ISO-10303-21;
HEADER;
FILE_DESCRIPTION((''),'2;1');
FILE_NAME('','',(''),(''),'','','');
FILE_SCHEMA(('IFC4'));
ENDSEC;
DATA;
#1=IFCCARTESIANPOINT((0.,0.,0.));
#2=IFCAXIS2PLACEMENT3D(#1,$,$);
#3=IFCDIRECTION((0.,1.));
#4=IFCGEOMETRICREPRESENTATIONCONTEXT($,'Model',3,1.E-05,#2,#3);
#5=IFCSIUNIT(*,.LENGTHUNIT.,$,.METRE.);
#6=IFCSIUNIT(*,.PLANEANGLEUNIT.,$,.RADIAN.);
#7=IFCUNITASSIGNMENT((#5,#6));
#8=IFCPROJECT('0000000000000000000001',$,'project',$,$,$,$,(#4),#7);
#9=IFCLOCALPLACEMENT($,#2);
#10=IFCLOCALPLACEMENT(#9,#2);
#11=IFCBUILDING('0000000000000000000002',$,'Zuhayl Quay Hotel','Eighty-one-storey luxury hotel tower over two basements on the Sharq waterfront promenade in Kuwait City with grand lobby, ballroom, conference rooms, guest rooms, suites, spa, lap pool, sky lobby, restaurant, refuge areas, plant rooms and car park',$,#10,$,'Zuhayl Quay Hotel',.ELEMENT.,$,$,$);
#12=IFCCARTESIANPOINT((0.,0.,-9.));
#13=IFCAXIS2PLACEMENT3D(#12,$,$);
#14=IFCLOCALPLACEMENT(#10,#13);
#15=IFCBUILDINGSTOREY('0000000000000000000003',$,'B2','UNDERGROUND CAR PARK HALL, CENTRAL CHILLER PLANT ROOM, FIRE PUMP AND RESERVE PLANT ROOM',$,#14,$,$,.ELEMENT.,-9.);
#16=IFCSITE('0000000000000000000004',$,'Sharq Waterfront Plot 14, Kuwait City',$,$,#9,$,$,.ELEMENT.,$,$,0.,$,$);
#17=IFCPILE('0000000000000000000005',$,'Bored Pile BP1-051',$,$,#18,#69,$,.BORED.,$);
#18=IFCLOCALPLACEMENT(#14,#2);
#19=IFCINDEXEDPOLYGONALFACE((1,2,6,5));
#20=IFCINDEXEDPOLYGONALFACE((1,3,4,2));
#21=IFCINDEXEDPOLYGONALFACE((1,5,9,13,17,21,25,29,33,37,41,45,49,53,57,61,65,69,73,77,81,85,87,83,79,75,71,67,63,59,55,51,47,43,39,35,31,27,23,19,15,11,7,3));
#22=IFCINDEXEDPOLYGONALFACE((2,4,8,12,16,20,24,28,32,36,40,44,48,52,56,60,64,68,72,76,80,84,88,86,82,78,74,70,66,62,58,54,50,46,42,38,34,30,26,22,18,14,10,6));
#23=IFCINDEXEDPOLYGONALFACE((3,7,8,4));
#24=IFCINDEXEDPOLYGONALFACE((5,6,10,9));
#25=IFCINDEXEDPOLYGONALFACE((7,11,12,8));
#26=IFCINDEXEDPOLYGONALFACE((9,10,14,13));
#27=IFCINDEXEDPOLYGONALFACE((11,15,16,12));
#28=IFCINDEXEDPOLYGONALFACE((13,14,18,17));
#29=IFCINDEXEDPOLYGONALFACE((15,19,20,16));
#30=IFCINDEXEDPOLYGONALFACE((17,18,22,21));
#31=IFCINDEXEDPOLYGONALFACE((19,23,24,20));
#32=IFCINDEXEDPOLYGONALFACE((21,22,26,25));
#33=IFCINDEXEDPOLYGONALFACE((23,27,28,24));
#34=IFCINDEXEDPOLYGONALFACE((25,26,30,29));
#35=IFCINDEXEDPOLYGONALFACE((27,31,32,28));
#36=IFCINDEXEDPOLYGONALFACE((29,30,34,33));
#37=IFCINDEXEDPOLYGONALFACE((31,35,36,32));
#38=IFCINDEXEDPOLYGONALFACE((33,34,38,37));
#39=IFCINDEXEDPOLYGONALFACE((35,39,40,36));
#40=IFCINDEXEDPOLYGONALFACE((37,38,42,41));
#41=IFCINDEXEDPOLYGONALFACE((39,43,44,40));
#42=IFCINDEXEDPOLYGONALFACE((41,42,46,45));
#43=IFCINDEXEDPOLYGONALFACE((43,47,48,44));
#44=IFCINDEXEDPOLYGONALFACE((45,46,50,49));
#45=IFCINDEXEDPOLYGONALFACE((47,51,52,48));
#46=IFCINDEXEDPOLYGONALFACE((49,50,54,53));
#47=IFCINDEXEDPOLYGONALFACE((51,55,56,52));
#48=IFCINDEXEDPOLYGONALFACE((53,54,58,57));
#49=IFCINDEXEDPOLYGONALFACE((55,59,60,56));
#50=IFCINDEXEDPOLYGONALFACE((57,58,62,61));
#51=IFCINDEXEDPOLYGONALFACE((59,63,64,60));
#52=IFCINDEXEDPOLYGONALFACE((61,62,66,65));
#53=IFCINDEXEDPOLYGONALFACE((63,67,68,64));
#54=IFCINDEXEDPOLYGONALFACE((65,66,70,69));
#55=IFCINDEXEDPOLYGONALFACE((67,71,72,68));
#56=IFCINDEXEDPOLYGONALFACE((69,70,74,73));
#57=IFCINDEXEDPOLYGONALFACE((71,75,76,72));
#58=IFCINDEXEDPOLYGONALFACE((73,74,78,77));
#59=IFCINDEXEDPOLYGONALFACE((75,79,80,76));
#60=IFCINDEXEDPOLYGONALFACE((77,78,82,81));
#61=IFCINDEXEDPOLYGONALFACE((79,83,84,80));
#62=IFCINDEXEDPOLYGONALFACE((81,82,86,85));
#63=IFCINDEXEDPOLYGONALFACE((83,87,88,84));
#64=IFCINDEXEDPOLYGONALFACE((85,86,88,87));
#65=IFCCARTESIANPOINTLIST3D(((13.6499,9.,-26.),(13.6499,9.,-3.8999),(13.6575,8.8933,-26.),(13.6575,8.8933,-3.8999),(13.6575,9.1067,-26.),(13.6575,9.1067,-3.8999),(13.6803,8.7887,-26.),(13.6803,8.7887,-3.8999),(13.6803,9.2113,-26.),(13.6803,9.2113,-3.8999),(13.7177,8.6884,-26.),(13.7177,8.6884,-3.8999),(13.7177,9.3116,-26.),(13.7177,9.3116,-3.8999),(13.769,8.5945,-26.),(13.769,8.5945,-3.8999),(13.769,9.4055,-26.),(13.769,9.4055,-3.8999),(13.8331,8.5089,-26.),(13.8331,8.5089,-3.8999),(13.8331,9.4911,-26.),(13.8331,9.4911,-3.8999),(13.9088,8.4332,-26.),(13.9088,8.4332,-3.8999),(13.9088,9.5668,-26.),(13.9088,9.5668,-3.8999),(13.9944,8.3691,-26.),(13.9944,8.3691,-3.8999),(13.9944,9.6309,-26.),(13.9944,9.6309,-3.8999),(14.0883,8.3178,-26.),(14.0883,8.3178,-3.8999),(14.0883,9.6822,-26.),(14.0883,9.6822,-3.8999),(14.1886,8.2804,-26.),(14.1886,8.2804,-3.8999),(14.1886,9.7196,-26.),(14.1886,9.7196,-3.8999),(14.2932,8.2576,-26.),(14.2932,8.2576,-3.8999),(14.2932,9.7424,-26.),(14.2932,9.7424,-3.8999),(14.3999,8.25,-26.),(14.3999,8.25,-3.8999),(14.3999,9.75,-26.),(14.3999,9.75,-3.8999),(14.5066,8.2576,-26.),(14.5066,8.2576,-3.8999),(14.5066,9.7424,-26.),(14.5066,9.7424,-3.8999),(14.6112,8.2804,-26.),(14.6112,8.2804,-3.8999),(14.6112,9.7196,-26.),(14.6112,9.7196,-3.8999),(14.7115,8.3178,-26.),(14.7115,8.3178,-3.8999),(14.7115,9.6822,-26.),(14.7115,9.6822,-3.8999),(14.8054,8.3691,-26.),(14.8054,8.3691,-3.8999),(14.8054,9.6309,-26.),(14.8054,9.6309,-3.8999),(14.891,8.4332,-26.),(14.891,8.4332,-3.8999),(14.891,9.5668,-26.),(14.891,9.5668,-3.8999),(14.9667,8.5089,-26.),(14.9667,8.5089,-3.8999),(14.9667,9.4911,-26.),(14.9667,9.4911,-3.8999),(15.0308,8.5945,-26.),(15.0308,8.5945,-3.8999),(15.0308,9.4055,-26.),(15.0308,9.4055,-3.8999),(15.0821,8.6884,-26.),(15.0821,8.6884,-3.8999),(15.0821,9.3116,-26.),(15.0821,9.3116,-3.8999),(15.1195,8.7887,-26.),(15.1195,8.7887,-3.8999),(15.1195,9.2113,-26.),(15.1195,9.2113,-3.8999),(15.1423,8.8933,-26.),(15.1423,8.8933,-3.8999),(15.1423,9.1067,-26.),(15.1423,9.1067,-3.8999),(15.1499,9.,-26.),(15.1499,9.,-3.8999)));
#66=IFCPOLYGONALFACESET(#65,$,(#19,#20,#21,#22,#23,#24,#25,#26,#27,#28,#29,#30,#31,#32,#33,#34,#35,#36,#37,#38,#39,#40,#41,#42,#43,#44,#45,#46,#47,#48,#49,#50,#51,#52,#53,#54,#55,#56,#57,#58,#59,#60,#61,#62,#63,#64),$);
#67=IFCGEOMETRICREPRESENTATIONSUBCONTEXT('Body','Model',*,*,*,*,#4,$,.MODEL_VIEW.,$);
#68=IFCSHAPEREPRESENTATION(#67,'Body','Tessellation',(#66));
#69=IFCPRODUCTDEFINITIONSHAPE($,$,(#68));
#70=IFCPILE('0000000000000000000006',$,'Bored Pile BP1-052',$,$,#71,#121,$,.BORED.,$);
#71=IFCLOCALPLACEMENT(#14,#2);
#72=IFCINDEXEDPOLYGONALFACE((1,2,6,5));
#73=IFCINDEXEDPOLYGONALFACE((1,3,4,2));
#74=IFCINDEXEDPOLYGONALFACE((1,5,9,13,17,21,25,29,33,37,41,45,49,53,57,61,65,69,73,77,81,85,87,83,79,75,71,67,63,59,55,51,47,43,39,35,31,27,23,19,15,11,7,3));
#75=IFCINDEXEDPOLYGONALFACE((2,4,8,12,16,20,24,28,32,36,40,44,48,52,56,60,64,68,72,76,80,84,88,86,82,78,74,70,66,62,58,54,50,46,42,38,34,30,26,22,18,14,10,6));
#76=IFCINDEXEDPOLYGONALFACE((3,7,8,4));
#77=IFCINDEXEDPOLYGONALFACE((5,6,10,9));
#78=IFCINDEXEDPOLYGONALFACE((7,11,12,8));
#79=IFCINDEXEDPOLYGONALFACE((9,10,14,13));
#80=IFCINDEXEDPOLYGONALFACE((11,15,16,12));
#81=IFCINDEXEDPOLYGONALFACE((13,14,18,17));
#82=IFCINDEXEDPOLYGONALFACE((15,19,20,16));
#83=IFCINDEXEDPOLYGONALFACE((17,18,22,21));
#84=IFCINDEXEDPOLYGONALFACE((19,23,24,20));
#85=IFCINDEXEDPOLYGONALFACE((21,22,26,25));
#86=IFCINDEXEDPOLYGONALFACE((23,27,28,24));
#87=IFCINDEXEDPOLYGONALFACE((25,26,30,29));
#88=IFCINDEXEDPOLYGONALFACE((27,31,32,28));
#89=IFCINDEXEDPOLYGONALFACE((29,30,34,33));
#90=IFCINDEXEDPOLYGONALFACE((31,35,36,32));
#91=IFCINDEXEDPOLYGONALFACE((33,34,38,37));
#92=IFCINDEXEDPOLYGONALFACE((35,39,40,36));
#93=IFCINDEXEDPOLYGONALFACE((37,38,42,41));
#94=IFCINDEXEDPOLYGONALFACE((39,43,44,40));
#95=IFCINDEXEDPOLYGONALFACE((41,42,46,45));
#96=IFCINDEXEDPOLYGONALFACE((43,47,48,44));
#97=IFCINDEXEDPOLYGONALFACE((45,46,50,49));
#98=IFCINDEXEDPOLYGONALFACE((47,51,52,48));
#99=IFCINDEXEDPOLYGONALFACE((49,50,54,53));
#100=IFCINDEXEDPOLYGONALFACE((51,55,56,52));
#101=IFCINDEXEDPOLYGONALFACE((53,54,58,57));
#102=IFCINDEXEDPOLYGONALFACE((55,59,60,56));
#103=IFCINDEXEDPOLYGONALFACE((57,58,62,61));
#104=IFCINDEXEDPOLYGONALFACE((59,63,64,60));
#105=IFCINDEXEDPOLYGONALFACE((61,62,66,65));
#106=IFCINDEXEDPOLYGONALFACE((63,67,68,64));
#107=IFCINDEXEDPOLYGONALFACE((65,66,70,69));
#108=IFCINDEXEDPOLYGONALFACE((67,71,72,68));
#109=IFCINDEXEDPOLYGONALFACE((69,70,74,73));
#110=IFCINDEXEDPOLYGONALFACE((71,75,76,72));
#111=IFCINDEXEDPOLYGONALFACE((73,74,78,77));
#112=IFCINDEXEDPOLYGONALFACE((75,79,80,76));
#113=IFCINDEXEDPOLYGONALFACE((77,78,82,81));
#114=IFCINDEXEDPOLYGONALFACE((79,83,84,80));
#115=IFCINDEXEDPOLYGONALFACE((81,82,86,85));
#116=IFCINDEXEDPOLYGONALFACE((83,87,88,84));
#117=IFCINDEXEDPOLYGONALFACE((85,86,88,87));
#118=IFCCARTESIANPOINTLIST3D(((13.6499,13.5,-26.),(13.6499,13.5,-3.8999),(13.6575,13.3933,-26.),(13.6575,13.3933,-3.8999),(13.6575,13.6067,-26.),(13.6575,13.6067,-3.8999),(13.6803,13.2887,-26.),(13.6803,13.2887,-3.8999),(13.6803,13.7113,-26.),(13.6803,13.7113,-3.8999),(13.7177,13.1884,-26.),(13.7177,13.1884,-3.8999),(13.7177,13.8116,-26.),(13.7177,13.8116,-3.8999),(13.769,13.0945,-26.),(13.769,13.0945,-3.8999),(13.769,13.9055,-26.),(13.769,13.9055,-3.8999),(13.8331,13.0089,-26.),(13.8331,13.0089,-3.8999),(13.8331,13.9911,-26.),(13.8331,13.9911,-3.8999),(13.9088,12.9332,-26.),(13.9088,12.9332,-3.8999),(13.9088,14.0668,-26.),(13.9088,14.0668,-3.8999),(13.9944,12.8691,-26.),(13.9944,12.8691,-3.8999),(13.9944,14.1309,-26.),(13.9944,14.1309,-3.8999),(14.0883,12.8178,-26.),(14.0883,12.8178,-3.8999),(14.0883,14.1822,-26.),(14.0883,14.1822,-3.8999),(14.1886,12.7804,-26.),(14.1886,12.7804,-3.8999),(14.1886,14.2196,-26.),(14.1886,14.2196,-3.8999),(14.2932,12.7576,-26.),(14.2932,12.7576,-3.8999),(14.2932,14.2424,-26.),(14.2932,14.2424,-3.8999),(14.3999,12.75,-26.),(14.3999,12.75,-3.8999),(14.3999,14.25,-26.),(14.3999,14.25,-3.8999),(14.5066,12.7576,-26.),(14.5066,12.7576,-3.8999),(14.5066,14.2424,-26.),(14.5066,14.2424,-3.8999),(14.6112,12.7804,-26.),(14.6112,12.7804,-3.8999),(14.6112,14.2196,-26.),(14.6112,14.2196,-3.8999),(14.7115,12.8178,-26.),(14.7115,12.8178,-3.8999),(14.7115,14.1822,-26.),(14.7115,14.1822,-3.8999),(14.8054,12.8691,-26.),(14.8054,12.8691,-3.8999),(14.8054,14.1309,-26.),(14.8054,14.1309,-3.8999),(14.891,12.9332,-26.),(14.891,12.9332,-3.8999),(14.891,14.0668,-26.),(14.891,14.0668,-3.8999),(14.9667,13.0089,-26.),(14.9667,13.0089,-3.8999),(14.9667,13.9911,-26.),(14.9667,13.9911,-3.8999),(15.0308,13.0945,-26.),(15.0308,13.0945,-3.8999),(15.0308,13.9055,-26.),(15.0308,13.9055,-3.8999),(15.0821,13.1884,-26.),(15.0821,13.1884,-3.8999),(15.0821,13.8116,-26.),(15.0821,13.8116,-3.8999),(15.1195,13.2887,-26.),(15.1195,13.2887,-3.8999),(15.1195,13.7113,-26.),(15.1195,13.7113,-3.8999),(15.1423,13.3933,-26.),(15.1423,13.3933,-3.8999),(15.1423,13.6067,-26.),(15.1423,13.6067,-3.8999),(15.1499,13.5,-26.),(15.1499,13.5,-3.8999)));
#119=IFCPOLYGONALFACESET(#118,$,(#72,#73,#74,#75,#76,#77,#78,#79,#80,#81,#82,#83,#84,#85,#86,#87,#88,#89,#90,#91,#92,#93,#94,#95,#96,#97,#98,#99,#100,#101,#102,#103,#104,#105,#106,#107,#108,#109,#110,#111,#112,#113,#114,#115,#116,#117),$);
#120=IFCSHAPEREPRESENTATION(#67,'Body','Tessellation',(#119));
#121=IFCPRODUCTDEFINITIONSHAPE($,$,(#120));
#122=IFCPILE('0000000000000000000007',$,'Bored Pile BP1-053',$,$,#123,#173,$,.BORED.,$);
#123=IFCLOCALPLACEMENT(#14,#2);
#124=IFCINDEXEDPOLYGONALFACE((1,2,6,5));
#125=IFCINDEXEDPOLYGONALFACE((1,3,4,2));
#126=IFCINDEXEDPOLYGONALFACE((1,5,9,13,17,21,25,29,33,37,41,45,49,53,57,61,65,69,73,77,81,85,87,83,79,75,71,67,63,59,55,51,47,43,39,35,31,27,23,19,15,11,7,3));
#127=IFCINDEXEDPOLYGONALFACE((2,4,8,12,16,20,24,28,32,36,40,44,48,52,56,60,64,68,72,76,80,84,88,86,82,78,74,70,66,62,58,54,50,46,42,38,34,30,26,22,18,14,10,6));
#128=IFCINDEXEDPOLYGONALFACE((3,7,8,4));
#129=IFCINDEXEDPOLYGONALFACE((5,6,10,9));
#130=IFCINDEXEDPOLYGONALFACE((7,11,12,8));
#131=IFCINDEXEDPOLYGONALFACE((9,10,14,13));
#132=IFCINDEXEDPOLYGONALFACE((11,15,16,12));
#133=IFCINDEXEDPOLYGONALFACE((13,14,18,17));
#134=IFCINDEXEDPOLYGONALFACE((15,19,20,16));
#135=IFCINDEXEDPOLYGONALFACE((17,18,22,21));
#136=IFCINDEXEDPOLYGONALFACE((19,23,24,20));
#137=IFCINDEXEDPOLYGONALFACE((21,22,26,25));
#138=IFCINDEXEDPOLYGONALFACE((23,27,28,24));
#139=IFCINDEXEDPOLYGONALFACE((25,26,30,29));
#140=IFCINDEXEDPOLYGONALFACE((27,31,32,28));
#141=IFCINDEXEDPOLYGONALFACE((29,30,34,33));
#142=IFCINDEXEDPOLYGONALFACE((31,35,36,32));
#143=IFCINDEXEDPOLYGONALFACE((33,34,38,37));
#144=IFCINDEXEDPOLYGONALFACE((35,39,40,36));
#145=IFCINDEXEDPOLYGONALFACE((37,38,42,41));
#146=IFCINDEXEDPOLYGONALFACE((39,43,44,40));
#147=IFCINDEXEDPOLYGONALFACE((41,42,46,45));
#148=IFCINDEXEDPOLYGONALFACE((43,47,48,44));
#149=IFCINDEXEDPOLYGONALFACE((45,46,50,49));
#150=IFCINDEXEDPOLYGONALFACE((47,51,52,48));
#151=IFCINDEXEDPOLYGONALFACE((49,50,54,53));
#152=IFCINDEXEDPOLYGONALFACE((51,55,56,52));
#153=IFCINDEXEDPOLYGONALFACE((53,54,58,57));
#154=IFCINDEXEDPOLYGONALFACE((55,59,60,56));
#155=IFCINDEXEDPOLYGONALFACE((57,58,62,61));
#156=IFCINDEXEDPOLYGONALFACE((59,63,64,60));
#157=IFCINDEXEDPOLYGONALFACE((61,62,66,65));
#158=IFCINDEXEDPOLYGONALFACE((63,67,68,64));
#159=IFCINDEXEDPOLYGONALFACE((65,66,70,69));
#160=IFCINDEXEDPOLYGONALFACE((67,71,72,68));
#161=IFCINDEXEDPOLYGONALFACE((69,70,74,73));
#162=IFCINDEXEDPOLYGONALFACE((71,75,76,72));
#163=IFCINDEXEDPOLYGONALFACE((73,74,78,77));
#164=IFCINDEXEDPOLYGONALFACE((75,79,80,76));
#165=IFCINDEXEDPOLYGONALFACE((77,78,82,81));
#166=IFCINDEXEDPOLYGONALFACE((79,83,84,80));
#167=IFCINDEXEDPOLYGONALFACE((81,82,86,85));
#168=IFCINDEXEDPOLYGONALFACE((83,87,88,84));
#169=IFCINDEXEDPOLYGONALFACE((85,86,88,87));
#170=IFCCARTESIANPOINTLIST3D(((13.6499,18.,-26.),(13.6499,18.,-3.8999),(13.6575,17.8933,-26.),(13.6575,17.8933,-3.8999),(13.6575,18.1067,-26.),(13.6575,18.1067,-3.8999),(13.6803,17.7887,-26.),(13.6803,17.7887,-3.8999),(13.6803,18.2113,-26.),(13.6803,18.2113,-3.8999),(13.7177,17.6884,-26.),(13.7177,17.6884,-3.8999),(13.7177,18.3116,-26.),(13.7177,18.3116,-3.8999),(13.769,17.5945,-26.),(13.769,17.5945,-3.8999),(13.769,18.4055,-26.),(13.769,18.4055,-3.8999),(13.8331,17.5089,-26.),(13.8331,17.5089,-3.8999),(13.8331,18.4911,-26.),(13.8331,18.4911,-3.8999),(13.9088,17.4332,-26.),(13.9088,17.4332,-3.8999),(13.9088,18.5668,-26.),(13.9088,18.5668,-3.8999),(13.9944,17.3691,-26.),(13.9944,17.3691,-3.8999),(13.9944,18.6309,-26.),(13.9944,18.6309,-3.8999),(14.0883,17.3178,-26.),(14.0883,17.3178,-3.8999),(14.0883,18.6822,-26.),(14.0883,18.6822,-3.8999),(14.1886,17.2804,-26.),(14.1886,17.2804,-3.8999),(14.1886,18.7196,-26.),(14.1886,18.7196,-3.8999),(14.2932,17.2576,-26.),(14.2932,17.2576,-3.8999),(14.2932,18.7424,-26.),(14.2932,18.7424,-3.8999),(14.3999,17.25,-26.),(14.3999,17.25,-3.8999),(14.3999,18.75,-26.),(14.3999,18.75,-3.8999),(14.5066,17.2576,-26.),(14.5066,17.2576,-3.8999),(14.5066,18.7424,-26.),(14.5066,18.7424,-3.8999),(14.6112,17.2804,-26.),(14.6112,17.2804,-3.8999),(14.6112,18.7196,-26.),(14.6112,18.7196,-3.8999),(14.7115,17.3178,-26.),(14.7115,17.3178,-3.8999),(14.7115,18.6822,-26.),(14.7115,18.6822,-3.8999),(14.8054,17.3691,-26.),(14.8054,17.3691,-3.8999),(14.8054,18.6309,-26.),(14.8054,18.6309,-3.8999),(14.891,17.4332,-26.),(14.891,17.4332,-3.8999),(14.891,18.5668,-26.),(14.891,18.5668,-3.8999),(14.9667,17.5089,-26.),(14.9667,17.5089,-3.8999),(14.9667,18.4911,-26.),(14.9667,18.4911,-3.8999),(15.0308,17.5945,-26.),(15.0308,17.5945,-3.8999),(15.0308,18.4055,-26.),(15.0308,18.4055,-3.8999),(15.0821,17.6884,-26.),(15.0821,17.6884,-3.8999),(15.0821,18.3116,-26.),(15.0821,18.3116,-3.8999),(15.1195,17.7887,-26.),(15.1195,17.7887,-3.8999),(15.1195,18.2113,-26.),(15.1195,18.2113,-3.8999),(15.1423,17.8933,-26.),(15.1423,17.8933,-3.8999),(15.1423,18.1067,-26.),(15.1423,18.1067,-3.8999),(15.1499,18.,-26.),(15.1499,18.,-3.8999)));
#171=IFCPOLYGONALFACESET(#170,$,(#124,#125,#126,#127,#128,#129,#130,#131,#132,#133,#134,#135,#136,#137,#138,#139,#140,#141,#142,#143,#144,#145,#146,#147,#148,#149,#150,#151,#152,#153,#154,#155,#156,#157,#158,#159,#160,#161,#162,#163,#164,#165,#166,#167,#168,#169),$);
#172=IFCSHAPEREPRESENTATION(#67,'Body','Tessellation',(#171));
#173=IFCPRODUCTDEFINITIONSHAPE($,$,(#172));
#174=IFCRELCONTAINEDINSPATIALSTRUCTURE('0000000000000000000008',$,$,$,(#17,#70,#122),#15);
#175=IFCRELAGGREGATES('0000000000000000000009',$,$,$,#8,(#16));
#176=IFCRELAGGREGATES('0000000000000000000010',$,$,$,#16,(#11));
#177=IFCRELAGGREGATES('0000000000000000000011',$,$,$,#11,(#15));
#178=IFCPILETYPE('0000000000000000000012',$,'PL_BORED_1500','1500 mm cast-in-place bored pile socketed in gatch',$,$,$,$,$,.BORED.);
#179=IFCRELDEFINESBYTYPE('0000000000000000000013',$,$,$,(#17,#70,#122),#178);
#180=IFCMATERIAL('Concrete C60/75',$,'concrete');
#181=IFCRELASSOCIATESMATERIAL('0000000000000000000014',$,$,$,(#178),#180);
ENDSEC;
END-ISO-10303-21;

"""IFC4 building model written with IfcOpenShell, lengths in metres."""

from ifc_helpers import new_model, si_unit, direction, frame, origin, origin_2d, place, context, subcontext, project, spatial, circle, extrude, material, material_profile, profile_set, type_object, element, save


model = new_model("IFC4")

# Units and contexts
model_context = context("Model", 3, precision=1e-05, world=origin(), true_north=direction((0.0, 1.0)))
body_context = subcontext(model_context, "Body", "Model", "MODEL_VIEW")
ifc_project = project(units=[si_unit("LENGTHUNIT", "METRE"), si_unit("PLANEANGLEUNIT", "RADIAN")], contexts=[model_context])

# Site, building, storey
site_placement = place(None, origin())
site = spatial("IfcSite", under=ifc_project, at=site_placement, Name="Sharq Waterfront Plot 14, Kuwait City", CompositionType="ELEMENT", RefElevation=0.0)
building_placement = place(site_placement, origin())
building = spatial("IfcBuilding", under=site, at=building_placement, Name="Zuhayl Quay Hotel", Description="Eighty-one-storey luxury hotel tower over two basements on the Sharq waterfront promenade in Kuwait City with grand lobby, ballroom, conference rooms, guest rooms, suites, spa, lap pool, sky lobby, restaurant, refuge areas, plant rooms and car park", LongName="Zuhayl Quay Hotel", CompositionType="ELEMENT")
storey_placement = place(building_placement, frame((0.0, 0.0, -9.0)))
storey = spatial("IfcBuildingStorey", under=building, at=storey_placement, Name="B2", Description="UNDERGROUND CAR PARK HALL, CENTRAL CHILLER PLANT ROOM, FIRE PUMP AND RESERVE PLANT ROOM", CompositionType="ELEMENT", Elevation=-9.0)

# Piles
ifc_material_1 = material(Name="Concrete C60/75", Category="concrete")
ifc_material_profile_1 = material_profile(ifc_material_1, circle(Radius=0.75, at=origin_2d()), Name="PILE1500")
ifc_profile_set_1 = profile_set([ifc_material_profile_1], Name="Concrete C60/75")
pile_type = type_object("IfcPileType", Name="PL_BORED_1500", Description="1500 mm cast-in-place bored pile socketed in gatch", PredefinedType="BORED", material=ifc_profile_set_1)
for number, where, z_axis, x_axis, name in (
    (1, (14.3999, 9.0, -3.8999), (0.0, 0.0, -1.0), (1.0, 0.0, 0.0), "Bored Pile BP1-051"),
    (2, (14.3999, 13.5, -3.8999), (0.0, 0.0, -1.0), (1.0, 0.0, 0.0), "Bored Pile BP1-052"),
    (3, (14.3999, 18.0, -3.8999), (0.0, 0.0, -1.0), (1.0, 0.0, 0.0), "Bored Pile BP1-053"),
):
    element("IfcPile", number, at=place(storey_placement, frame(where, z_axis=z_axis, x_axis=x_axis)), inside=storey, type_object=pile_type, Name=name, PredefinedType="BORED", context=body_context, shape_type="SweptSolid", body=[
        extrude(circle(Radius=0.75, at=origin_2d()), origin(), (0.0, 0.0, 1.0), 22.1001),
    ])

save(model, "model.ifc")
